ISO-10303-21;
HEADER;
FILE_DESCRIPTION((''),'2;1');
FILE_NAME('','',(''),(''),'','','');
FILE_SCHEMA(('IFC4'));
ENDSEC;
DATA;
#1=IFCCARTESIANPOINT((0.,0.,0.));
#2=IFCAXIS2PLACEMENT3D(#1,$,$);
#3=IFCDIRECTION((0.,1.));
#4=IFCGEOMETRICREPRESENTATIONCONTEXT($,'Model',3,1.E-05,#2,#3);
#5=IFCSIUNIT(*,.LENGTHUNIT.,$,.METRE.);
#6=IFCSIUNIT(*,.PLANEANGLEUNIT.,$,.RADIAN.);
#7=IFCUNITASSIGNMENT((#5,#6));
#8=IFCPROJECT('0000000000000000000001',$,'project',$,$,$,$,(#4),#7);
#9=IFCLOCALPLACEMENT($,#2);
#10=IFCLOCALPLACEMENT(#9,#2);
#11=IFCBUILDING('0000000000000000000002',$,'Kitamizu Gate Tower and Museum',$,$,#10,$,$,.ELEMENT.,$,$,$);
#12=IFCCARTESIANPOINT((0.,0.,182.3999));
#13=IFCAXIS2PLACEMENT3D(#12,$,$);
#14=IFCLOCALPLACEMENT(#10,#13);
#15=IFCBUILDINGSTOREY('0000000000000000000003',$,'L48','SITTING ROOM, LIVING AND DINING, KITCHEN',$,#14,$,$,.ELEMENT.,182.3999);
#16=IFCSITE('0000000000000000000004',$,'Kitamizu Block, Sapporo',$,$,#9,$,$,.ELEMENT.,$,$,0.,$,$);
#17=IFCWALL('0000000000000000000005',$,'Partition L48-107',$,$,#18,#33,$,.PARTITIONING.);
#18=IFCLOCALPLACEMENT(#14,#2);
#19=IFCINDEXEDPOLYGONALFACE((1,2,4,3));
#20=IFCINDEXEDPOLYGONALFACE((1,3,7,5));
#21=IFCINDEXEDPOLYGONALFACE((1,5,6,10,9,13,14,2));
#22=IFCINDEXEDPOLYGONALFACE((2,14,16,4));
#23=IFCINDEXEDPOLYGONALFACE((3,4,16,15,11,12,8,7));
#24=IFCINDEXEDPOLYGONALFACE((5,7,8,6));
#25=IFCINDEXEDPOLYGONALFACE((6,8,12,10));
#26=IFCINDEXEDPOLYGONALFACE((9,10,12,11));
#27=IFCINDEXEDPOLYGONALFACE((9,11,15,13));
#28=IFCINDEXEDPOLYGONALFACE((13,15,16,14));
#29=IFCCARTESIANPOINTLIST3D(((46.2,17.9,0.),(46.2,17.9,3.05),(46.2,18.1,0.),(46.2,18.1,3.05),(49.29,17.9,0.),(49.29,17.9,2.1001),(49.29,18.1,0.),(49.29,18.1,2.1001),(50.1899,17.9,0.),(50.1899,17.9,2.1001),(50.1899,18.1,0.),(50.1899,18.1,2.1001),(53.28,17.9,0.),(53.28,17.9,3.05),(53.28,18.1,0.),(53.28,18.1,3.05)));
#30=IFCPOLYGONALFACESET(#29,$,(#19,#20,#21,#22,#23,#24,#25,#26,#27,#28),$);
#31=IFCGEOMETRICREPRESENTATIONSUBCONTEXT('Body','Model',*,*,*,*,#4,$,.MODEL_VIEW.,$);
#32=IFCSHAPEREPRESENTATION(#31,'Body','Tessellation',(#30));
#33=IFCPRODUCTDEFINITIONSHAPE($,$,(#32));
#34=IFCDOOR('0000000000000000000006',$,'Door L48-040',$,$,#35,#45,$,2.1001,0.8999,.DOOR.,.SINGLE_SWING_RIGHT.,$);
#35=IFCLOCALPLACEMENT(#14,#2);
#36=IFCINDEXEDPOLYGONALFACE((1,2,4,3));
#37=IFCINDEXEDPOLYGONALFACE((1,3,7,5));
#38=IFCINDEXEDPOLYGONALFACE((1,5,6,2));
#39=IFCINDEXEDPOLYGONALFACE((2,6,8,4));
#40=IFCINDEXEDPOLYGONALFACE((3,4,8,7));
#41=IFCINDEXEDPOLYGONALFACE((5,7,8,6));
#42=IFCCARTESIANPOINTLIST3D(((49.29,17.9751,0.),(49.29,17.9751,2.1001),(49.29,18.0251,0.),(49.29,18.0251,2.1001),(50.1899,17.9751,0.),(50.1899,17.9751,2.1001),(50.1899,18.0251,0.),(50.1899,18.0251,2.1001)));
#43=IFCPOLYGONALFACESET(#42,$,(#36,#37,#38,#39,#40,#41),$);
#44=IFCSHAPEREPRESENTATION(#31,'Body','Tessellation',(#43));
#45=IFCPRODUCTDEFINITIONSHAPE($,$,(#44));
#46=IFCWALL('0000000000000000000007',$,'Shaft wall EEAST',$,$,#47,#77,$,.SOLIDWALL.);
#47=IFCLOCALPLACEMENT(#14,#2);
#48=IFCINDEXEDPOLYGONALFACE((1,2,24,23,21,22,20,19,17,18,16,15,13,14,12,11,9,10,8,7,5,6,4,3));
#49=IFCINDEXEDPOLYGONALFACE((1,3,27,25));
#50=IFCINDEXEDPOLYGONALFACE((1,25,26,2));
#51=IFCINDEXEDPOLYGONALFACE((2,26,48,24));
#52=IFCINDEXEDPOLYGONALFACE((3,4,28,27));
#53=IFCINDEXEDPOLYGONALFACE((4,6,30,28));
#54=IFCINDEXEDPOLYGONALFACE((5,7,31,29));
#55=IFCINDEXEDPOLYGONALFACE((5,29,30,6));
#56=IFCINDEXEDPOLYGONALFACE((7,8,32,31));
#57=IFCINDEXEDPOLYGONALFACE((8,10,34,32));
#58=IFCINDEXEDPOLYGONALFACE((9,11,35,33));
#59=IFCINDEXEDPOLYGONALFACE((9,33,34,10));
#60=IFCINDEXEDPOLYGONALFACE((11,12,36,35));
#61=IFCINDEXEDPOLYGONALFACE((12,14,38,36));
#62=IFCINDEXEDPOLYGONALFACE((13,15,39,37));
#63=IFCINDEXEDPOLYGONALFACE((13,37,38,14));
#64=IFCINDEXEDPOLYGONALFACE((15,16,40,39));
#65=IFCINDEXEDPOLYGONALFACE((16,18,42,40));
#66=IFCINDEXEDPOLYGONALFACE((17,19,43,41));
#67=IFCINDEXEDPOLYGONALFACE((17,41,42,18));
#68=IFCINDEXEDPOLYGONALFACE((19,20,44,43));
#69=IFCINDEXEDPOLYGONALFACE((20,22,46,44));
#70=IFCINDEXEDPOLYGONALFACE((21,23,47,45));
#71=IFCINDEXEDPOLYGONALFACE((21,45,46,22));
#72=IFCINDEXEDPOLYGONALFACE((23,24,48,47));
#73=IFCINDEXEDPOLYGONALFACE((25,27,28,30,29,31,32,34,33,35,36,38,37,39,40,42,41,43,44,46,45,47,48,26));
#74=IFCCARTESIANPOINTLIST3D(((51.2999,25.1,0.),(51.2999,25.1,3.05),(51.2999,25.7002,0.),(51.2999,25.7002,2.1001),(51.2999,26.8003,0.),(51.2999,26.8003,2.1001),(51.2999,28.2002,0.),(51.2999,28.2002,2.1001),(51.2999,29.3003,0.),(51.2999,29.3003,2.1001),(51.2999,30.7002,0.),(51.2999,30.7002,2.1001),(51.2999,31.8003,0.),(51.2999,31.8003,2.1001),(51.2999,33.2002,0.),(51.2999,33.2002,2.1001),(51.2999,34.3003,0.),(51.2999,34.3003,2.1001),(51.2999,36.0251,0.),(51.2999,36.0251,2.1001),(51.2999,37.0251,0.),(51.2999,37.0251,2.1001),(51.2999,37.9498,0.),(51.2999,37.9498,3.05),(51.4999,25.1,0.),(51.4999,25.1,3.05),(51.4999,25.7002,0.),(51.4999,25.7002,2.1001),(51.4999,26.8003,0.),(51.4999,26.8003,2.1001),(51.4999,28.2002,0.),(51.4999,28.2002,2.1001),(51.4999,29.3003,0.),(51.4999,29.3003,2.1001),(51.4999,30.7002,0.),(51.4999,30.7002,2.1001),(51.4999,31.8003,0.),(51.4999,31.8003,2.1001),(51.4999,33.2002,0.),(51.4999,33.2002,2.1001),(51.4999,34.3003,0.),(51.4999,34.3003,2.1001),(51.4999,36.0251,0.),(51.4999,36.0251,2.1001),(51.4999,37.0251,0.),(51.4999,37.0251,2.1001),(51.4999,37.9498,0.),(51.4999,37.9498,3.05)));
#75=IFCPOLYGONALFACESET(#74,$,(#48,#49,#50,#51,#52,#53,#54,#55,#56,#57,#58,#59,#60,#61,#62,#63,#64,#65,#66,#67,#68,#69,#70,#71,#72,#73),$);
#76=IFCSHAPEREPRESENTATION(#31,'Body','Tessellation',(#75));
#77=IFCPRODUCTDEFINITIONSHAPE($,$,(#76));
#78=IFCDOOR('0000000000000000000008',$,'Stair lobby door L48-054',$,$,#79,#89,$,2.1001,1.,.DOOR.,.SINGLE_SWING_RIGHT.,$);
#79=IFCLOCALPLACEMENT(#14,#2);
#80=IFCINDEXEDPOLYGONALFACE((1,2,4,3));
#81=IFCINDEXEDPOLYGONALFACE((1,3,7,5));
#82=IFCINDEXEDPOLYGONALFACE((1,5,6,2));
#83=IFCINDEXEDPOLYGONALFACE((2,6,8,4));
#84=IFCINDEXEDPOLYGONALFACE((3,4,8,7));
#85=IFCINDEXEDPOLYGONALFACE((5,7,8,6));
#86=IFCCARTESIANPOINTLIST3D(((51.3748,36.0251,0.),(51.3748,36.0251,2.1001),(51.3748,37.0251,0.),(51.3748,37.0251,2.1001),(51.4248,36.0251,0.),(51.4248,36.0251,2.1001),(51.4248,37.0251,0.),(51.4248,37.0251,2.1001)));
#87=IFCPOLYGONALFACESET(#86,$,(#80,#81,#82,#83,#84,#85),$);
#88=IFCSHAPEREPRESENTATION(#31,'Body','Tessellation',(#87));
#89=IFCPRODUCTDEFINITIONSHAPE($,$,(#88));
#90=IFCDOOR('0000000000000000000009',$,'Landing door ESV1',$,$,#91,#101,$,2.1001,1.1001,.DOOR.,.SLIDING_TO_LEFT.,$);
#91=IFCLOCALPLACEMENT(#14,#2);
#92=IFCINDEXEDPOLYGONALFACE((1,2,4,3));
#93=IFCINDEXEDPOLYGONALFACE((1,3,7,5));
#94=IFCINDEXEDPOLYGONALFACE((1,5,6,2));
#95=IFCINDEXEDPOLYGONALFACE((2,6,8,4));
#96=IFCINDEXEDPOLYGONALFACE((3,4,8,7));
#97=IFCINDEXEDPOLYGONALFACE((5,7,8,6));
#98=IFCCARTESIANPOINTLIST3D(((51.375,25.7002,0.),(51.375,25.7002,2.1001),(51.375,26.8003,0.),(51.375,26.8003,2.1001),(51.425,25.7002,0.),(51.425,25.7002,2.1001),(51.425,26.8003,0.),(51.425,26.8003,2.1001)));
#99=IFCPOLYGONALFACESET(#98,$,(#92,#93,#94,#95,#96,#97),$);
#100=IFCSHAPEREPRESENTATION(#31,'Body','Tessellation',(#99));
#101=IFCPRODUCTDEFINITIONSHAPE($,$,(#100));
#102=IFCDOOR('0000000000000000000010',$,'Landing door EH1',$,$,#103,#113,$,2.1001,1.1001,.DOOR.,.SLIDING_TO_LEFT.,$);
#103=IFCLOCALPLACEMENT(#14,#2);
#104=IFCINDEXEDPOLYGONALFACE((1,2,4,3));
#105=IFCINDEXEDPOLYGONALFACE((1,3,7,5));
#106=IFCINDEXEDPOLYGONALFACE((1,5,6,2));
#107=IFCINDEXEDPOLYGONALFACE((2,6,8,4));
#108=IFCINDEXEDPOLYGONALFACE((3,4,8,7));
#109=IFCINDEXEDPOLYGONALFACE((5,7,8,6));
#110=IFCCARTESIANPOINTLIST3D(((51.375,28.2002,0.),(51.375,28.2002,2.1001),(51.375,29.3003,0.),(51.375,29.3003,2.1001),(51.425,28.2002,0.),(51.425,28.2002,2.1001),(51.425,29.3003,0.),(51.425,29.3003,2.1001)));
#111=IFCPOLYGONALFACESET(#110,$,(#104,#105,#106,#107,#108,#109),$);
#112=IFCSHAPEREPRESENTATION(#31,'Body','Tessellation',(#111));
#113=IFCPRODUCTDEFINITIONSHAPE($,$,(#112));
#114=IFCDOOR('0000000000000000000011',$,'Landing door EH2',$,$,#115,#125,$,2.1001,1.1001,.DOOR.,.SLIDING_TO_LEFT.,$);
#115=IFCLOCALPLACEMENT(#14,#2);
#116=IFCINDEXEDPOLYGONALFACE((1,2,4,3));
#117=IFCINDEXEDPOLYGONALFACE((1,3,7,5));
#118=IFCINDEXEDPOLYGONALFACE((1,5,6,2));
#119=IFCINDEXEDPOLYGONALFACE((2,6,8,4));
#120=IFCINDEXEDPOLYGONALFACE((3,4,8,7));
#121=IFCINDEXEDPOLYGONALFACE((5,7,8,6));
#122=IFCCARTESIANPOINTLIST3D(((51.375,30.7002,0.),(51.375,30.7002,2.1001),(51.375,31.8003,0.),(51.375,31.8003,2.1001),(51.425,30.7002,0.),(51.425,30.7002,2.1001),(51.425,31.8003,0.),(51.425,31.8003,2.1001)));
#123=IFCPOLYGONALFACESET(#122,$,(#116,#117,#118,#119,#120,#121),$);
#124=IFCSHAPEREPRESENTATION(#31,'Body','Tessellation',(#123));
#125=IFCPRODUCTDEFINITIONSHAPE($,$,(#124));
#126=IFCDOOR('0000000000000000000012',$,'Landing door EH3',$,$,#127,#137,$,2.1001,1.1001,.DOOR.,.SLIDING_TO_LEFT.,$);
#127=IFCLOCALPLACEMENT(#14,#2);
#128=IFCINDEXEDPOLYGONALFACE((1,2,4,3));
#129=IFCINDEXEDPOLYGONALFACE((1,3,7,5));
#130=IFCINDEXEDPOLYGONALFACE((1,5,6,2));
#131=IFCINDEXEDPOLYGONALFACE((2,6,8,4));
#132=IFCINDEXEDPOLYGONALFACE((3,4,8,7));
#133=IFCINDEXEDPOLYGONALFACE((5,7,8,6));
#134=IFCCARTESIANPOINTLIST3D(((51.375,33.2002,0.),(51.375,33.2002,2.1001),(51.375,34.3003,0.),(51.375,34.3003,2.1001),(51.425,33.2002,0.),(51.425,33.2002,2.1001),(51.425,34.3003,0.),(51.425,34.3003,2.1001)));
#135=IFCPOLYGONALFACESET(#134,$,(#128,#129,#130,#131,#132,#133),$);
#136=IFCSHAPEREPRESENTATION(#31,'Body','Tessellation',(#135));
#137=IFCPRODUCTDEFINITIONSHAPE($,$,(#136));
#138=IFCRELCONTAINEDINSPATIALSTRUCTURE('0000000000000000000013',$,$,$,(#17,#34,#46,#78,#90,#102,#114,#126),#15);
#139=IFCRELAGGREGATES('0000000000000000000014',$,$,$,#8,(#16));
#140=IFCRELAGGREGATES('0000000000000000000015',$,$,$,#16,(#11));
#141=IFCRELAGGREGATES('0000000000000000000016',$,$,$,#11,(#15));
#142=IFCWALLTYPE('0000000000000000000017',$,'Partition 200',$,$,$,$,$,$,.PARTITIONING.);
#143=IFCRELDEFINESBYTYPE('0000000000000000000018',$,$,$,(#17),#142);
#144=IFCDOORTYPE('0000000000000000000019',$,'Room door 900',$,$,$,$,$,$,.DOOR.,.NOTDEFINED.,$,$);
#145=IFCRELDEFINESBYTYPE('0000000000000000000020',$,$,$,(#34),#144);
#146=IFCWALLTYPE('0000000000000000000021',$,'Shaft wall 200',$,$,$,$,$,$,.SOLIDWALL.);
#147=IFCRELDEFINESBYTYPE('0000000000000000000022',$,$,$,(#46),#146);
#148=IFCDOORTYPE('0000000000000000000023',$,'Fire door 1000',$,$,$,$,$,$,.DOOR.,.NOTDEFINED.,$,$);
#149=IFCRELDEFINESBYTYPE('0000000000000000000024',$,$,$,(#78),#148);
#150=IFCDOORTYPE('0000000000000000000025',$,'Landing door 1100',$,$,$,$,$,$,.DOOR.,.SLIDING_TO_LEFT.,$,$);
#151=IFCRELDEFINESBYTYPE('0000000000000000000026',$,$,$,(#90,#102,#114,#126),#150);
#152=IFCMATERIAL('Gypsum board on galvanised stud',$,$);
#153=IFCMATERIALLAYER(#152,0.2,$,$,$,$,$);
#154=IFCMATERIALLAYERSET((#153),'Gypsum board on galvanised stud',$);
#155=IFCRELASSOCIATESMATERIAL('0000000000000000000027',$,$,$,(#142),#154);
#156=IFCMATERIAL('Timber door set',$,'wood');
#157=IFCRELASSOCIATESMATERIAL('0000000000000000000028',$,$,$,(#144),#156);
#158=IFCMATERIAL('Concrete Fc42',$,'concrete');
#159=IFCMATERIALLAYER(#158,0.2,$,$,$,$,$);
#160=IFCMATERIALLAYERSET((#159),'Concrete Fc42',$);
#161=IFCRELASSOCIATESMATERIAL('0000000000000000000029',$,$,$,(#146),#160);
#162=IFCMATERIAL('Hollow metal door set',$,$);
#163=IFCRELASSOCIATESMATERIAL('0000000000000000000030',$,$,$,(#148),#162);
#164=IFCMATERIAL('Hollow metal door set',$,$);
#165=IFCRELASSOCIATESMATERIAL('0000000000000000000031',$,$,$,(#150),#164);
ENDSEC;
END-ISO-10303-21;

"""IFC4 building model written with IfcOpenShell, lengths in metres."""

from ifc_helpers import new_model, si_unit, direction, frame, frame_2d, origin, place, context, subcontext, project, spatial, rectangle, extrude, material, layer, layer_set, type_object, element, fill, save


model = new_model("IFC4")

# Units and contexts
model_context = context("Model", 3, precision=1e-05, world=origin(), true_north=direction((0.0, 1.0)))
body_context = subcontext(model_context, "Body", "Model", "MODEL_VIEW")
ifc_project = project(units=[si_unit("LENGTHUNIT", "METRE"), si_unit("PLANEANGLEUNIT", "RADIAN")], contexts=[model_context])

# Site, building, storey
site_placement = place(None, origin())
site = spatial("IfcSite", under=ifc_project, at=site_placement, Name="Kitamizu Block, Sapporo", CompositionType="ELEMENT", RefElevation=0.0)
building_placement = place(site_placement, origin())
building = spatial("IfcBuilding", under=site, at=building_placement, Name="Kitamizu Gate Tower and Museum", CompositionType="ELEMENT")
storey_placement = place(building_placement, frame((0.0, 0.0, 182.3999)))
storey = spatial("IfcBuildingStorey", under=building, at=storey_placement, Name="L48", Description="SITTING ROOM, LIVING AND DINING, KITCHEN", CompositionType="ELEMENT", Elevation=182.3999)

# Shared definitions
ifc_material_1 = material(Name="Gypsum board on galvanised stud")
ifc_layer_1 = layer(ifc_material_1, 0.2)
ifc_layer_set_1 = layer_set([ifc_layer_1], Name="Gypsum board on galvanised stud")
wall_type_1 = type_object("IfcWallType", Name="Partition 200", PredefinedType="PARTITIONING", material=ifc_layer_set_1)

# Wall, opening, door
wall_1_placement = place(storey_placement, frame((53.28, 18.0, 0.0), z_axis=(0.0, 0.0, 1.0), x_axis=(-1.0, 0.0, 0.0)))
wall_1 = element("IfcWall", 1, at=wall_1_placement, inside=storey, type_object=wall_type_1, Name="Partition L48-107", PredefinedType="PARTITIONING", context=body_context, shape_type="SweptSolid", body=[
    extrude(rectangle(XDim=7.0801, YDim=0.2, at=frame_2d((3.54, 0.0))), origin(), (0.0, 0.0, 1.0), 3.05),
])
opening_1_placement = place(wall_1_placement, frame((3.0901, 0.0, 0.0)))
opening_1 = element("IfcOpeningElement", 2, at=opening_1_placement, cuts=wall_1, PredefinedType="OPENING", context=body_context, shape_type="SweptSolid", body=[
    extrude(rectangle(XDim=0.8999, YDim=2.1001, at=frame_2d((0.45, 1.05))), frame((0.0, 0.1099, 0.0), z_axis=(0.0, -1.0, 0.0), x_axis=(1.0, 0.0, 0.0)), (0.0, 0.0, 1.0), 0.22),
])
ifc_material_2 = material(Name="Timber door set", Category="wood")
door_type_1 = type_object("IfcDoorType", Name="Room door 900", OperationType="NOTDEFINED", PredefinedType="DOOR", material=ifc_material_2)
door_1_placement = place(opening_1_placement, origin())
door_1 = element("IfcDoor", 3, at=door_1_placement, inside=storey, type_object=door_type_1, Name="Door L48-040", OperationType="SINGLE_SWING_RIGHT", OverallHeight=2.1001, OverallWidth=0.8999, PredefinedType="DOOR", context=body_context, shape_type="SweptSolid", body=[
    extrude(rectangle(XDim=0.8999, YDim=2.1001, at=frame_2d((0.45, 1.05))), frame((0.0, 0.0249, 0.0), z_axis=(0.0, -1.0, 0.0), x_axis=(1.0, 0.0, 0.0)), (0.0, 0.0, 1.0), 0.05),
])
fill(opening_1, door_1)

# Wall, openings, doors
ifc_material_3 = material(Name="Concrete Fc42", Category="concrete")
ifc_layer_2 = layer(ifc_material_3, 0.2)
ifc_layer_set_2 = layer_set([ifc_layer_2], Name="Concrete Fc42")
wall_type_2 = type_object("IfcWallType", Name="Shaft wall 200", PredefinedType="SOLIDWALL", material=ifc_layer_set_2)
wall_2_placement = place(storey_placement, frame((51.3999, 25.1001, 0.0), z_axis=(0.0, 0.0, 1.0), x_axis=(0.0, 1.0, 0.0)))
wall_2 = element("IfcWall", 4, at=wall_2_placement, inside=storey, type_object=wall_type_2, Name="Shaft wall EEAST", PredefinedType="SOLIDWALL", context=body_context, shape_type="SweptSolid", body=[
    extrude(rectangle(XDim=12.8499, YDim=0.2, at=frame_2d((6.4248, 0.0))), origin(), (0.0, 0.0, 1.0), 3.05),
])
opening_2_placement = place(wall_2_placement, frame((0.6001, 0.0, 0.0)))
opening_2 = element("IfcOpeningElement", 5, at=opening_2_placement, cuts=wall_2, PredefinedType="OPENING", context=body_context, shape_type="SweptSolid", body=[
    extrude(rectangle(XDim=1.1001, YDim=2.1001, at=frame_2d((0.55, 1.05))), frame((0.0, 0.1099, 0.0), z_axis=(0.0, -1.0, 0.0), x_axis=(1.0, 0.0, 0.0)), (0.0, 0.0, 1.0), 0.22),
])
opening_3_placement = place(wall_2_placement, frame((3.1001, 0.0, 0.0)))
opening_3 = element("IfcOpeningElement", 6, at=opening_3_placement, cuts=wall_2, PredefinedType="OPENING", context=body_context, shape_type="SweptSolid", body=[
    extrude(rectangle(XDim=1.1001, YDim=2.1001, at=frame_2d((0.55, 1.05))), frame((0.0, 0.1099, 0.0), z_axis=(0.0, -1.0, 0.0), x_axis=(1.0, 0.0, 0.0)), (0.0, 0.0, 1.0), 0.22),
])
opening_4_placement = place(wall_2_placement, frame((5.6001, 0.0, 0.0)))
opening_4 = element("IfcOpeningElement", 7, at=opening_4_placement, cuts=wall_2, PredefinedType="OPENING", context=body_context, shape_type="SweptSolid", body=[
    extrude(rectangle(XDim=1.1001, YDim=2.1001, at=frame_2d((0.55, 1.05))), frame((0.0, 0.1099, 0.0), z_axis=(0.0, -1.0, 0.0), x_axis=(1.0, 0.0, 0.0)), (0.0, 0.0, 1.0), 0.22),
])
opening_5_placement = place(wall_2_placement, frame((8.1001, 0.0, 0.0)))
opening_5 = element("IfcOpeningElement", 8, at=opening_5_placement, cuts=wall_2, PredefinedType="OPENING", context=body_context, shape_type="SweptSolid", body=[
    extrude(rectangle(XDim=1.1001, YDim=2.1001, at=frame_2d((0.55, 1.05))), frame((0.0, 0.1099, 0.0), z_axis=(0.0, -1.0, 0.0), x_axis=(1.0, 0.0, 0.0)), (0.0, 0.0, 1.0), 0.22),
])
opening_6_placement = place(wall_2_placement, frame((10.925, 0.0, 0.0)))
opening_6 = element("IfcOpeningElement", 9, at=opening_6_placement, cuts=wall_2, PredefinedType="OPENING", context=body_context, shape_type="SweptSolid", body=[
    extrude(rectangle(XDim=1.0, YDim=2.1001, at=frame_2d((0.5, 1.05))), frame((0.0, 0.1099, 0.0), z_axis=(0.0, -1.0, 0.0), x_axis=(1.0, 0.0, 0.0)), (0.0, 0.0, 1.0), 0.22),
])
ifc_material_4 = material(Name="Hollow metal door set")
door_type_2 = type_object("IfcDoorType", Name="Fire door 1000", OperationType="NOTDEFINED", PredefinedType="DOOR", material=ifc_material_4)
door_2_placement = place(opening_6_placement, frame((1.0, 0.0, 0.0), x_axis=(-1.0, 0.0, 0.0)))
door_2 = element("IfcDoor", 10, at=door_2_placement, inside=storey, type_object=door_type_2, Name="Stair lobby door L48-054", OperationType="SINGLE_SWING_RIGHT", OverallHeight=2.1001, OverallWidth=1.0, PredefinedType="DOOR", context=body_context, shape_type="SweptSolid", body=[
    extrude(rectangle(XDim=1.0, YDim=2.1001, at=frame_2d((0.5, 1.05))), frame((0.0, 0.0249, 0.0), z_axis=(0.0, -1.0, 0.0), x_axis=(1.0, 0.0, 0.0)), (0.0, 0.0, 1.0), 0.05),
])
fill(opening_6, door_2)
ifc_material_5 = material(Name="Hollow metal door set")
door_type_3 = type_object("IfcDoorType", Name="Landing door 1100", OperationType="SLIDING_TO_LEFT", PredefinedType="DOOR", material=ifc_material_5)
door_3_placement = place(opening_2_placement, origin())
door_3 = element("IfcDoor", 11, at=door_3_placement, inside=storey, type_object=door_type_3, Name="Landing door ESV1", OperationType="SLIDING_TO_LEFT", OverallHeight=2.1001, OverallWidth=1.1001, PredefinedType="DOOR", context=body_context, shape_type="SweptSolid", body=[
    extrude(rectangle(XDim=1.1001, YDim=2.1001, at=frame_2d((0.55, 1.05))), frame((0.0, 0.0249, 0.0), z_axis=(0.0, -1.0, 0.0), x_axis=(1.0, 0.0, 0.0)), (0.0, 0.0, 1.0), 0.05),
])
fill(opening_2, door_3)
door_4_placement = place(opening_3_placement, origin())
door_4 = element("IfcDoor", 12, at=door_4_placement, inside=storey, type_object=door_type_3, Name="Landing door EH1", OperationType="SLIDING_TO_LEFT", OverallHeight=2.1001, OverallWidth=1.1001, PredefinedType="DOOR", context=body_context, shape_type="SweptSolid", body=[
    extrude(rectangle(XDim=1.1001, YDim=2.1001, at=frame_2d((0.55, 1.05))), frame((0.0, 0.0249, 0.0), z_axis=(0.0, -1.0, 0.0), x_axis=(1.0, 0.0, 0.0)), (0.0, 0.0, 1.0), 0.05),
])
fill(opening_3, door_4)
door_5_placement = place(opening_4_placement, origin())
door_5 = element("IfcDoor", 13, at=door_5_placement, inside=storey, type_object=door_type_3, Name="Landing door EH2", OperationType="SLIDING_TO_LEFT", OverallHeight=2.1001, OverallWidth=1.1001, PredefinedType="DOOR", context=body_context, shape_type="SweptSolid", body=[
    extrude(rectangle(XDim=1.1001, YDim=2.1001, at=frame_2d((0.55, 1.05))), frame((0.0, 0.0249, 0.0), z_axis=(0.0, -1.0, 0.0), x_axis=(1.0, 0.0, 0.0)), (0.0, 0.0, 1.0), 0.05),
])
fill(opening_4, door_5)
door_6_placement = place(opening_5_placement, origin())
door_6 = element("IfcDoor", 14, at=door_6_placement, inside=storey, type_object=door_type_3, Name="Landing door EH3", OperationType="SLIDING_TO_LEFT", OverallHeight=2.1001, OverallWidth=1.1001, PredefinedType="DOOR", context=body_context, shape_type="SweptSolid", body=[
    extrude(rectangle(XDim=1.1001, YDim=2.1001, at=frame_2d((0.55, 1.05))), frame((0.0, 0.0249, 0.0), z_axis=(0.0, -1.0, 0.0), x_axis=(1.0, 0.0, 0.0)), (0.0, 0.0, 1.0), 0.05),
])
fill(opening_5, door_6)

save(model, "model.ifc")
